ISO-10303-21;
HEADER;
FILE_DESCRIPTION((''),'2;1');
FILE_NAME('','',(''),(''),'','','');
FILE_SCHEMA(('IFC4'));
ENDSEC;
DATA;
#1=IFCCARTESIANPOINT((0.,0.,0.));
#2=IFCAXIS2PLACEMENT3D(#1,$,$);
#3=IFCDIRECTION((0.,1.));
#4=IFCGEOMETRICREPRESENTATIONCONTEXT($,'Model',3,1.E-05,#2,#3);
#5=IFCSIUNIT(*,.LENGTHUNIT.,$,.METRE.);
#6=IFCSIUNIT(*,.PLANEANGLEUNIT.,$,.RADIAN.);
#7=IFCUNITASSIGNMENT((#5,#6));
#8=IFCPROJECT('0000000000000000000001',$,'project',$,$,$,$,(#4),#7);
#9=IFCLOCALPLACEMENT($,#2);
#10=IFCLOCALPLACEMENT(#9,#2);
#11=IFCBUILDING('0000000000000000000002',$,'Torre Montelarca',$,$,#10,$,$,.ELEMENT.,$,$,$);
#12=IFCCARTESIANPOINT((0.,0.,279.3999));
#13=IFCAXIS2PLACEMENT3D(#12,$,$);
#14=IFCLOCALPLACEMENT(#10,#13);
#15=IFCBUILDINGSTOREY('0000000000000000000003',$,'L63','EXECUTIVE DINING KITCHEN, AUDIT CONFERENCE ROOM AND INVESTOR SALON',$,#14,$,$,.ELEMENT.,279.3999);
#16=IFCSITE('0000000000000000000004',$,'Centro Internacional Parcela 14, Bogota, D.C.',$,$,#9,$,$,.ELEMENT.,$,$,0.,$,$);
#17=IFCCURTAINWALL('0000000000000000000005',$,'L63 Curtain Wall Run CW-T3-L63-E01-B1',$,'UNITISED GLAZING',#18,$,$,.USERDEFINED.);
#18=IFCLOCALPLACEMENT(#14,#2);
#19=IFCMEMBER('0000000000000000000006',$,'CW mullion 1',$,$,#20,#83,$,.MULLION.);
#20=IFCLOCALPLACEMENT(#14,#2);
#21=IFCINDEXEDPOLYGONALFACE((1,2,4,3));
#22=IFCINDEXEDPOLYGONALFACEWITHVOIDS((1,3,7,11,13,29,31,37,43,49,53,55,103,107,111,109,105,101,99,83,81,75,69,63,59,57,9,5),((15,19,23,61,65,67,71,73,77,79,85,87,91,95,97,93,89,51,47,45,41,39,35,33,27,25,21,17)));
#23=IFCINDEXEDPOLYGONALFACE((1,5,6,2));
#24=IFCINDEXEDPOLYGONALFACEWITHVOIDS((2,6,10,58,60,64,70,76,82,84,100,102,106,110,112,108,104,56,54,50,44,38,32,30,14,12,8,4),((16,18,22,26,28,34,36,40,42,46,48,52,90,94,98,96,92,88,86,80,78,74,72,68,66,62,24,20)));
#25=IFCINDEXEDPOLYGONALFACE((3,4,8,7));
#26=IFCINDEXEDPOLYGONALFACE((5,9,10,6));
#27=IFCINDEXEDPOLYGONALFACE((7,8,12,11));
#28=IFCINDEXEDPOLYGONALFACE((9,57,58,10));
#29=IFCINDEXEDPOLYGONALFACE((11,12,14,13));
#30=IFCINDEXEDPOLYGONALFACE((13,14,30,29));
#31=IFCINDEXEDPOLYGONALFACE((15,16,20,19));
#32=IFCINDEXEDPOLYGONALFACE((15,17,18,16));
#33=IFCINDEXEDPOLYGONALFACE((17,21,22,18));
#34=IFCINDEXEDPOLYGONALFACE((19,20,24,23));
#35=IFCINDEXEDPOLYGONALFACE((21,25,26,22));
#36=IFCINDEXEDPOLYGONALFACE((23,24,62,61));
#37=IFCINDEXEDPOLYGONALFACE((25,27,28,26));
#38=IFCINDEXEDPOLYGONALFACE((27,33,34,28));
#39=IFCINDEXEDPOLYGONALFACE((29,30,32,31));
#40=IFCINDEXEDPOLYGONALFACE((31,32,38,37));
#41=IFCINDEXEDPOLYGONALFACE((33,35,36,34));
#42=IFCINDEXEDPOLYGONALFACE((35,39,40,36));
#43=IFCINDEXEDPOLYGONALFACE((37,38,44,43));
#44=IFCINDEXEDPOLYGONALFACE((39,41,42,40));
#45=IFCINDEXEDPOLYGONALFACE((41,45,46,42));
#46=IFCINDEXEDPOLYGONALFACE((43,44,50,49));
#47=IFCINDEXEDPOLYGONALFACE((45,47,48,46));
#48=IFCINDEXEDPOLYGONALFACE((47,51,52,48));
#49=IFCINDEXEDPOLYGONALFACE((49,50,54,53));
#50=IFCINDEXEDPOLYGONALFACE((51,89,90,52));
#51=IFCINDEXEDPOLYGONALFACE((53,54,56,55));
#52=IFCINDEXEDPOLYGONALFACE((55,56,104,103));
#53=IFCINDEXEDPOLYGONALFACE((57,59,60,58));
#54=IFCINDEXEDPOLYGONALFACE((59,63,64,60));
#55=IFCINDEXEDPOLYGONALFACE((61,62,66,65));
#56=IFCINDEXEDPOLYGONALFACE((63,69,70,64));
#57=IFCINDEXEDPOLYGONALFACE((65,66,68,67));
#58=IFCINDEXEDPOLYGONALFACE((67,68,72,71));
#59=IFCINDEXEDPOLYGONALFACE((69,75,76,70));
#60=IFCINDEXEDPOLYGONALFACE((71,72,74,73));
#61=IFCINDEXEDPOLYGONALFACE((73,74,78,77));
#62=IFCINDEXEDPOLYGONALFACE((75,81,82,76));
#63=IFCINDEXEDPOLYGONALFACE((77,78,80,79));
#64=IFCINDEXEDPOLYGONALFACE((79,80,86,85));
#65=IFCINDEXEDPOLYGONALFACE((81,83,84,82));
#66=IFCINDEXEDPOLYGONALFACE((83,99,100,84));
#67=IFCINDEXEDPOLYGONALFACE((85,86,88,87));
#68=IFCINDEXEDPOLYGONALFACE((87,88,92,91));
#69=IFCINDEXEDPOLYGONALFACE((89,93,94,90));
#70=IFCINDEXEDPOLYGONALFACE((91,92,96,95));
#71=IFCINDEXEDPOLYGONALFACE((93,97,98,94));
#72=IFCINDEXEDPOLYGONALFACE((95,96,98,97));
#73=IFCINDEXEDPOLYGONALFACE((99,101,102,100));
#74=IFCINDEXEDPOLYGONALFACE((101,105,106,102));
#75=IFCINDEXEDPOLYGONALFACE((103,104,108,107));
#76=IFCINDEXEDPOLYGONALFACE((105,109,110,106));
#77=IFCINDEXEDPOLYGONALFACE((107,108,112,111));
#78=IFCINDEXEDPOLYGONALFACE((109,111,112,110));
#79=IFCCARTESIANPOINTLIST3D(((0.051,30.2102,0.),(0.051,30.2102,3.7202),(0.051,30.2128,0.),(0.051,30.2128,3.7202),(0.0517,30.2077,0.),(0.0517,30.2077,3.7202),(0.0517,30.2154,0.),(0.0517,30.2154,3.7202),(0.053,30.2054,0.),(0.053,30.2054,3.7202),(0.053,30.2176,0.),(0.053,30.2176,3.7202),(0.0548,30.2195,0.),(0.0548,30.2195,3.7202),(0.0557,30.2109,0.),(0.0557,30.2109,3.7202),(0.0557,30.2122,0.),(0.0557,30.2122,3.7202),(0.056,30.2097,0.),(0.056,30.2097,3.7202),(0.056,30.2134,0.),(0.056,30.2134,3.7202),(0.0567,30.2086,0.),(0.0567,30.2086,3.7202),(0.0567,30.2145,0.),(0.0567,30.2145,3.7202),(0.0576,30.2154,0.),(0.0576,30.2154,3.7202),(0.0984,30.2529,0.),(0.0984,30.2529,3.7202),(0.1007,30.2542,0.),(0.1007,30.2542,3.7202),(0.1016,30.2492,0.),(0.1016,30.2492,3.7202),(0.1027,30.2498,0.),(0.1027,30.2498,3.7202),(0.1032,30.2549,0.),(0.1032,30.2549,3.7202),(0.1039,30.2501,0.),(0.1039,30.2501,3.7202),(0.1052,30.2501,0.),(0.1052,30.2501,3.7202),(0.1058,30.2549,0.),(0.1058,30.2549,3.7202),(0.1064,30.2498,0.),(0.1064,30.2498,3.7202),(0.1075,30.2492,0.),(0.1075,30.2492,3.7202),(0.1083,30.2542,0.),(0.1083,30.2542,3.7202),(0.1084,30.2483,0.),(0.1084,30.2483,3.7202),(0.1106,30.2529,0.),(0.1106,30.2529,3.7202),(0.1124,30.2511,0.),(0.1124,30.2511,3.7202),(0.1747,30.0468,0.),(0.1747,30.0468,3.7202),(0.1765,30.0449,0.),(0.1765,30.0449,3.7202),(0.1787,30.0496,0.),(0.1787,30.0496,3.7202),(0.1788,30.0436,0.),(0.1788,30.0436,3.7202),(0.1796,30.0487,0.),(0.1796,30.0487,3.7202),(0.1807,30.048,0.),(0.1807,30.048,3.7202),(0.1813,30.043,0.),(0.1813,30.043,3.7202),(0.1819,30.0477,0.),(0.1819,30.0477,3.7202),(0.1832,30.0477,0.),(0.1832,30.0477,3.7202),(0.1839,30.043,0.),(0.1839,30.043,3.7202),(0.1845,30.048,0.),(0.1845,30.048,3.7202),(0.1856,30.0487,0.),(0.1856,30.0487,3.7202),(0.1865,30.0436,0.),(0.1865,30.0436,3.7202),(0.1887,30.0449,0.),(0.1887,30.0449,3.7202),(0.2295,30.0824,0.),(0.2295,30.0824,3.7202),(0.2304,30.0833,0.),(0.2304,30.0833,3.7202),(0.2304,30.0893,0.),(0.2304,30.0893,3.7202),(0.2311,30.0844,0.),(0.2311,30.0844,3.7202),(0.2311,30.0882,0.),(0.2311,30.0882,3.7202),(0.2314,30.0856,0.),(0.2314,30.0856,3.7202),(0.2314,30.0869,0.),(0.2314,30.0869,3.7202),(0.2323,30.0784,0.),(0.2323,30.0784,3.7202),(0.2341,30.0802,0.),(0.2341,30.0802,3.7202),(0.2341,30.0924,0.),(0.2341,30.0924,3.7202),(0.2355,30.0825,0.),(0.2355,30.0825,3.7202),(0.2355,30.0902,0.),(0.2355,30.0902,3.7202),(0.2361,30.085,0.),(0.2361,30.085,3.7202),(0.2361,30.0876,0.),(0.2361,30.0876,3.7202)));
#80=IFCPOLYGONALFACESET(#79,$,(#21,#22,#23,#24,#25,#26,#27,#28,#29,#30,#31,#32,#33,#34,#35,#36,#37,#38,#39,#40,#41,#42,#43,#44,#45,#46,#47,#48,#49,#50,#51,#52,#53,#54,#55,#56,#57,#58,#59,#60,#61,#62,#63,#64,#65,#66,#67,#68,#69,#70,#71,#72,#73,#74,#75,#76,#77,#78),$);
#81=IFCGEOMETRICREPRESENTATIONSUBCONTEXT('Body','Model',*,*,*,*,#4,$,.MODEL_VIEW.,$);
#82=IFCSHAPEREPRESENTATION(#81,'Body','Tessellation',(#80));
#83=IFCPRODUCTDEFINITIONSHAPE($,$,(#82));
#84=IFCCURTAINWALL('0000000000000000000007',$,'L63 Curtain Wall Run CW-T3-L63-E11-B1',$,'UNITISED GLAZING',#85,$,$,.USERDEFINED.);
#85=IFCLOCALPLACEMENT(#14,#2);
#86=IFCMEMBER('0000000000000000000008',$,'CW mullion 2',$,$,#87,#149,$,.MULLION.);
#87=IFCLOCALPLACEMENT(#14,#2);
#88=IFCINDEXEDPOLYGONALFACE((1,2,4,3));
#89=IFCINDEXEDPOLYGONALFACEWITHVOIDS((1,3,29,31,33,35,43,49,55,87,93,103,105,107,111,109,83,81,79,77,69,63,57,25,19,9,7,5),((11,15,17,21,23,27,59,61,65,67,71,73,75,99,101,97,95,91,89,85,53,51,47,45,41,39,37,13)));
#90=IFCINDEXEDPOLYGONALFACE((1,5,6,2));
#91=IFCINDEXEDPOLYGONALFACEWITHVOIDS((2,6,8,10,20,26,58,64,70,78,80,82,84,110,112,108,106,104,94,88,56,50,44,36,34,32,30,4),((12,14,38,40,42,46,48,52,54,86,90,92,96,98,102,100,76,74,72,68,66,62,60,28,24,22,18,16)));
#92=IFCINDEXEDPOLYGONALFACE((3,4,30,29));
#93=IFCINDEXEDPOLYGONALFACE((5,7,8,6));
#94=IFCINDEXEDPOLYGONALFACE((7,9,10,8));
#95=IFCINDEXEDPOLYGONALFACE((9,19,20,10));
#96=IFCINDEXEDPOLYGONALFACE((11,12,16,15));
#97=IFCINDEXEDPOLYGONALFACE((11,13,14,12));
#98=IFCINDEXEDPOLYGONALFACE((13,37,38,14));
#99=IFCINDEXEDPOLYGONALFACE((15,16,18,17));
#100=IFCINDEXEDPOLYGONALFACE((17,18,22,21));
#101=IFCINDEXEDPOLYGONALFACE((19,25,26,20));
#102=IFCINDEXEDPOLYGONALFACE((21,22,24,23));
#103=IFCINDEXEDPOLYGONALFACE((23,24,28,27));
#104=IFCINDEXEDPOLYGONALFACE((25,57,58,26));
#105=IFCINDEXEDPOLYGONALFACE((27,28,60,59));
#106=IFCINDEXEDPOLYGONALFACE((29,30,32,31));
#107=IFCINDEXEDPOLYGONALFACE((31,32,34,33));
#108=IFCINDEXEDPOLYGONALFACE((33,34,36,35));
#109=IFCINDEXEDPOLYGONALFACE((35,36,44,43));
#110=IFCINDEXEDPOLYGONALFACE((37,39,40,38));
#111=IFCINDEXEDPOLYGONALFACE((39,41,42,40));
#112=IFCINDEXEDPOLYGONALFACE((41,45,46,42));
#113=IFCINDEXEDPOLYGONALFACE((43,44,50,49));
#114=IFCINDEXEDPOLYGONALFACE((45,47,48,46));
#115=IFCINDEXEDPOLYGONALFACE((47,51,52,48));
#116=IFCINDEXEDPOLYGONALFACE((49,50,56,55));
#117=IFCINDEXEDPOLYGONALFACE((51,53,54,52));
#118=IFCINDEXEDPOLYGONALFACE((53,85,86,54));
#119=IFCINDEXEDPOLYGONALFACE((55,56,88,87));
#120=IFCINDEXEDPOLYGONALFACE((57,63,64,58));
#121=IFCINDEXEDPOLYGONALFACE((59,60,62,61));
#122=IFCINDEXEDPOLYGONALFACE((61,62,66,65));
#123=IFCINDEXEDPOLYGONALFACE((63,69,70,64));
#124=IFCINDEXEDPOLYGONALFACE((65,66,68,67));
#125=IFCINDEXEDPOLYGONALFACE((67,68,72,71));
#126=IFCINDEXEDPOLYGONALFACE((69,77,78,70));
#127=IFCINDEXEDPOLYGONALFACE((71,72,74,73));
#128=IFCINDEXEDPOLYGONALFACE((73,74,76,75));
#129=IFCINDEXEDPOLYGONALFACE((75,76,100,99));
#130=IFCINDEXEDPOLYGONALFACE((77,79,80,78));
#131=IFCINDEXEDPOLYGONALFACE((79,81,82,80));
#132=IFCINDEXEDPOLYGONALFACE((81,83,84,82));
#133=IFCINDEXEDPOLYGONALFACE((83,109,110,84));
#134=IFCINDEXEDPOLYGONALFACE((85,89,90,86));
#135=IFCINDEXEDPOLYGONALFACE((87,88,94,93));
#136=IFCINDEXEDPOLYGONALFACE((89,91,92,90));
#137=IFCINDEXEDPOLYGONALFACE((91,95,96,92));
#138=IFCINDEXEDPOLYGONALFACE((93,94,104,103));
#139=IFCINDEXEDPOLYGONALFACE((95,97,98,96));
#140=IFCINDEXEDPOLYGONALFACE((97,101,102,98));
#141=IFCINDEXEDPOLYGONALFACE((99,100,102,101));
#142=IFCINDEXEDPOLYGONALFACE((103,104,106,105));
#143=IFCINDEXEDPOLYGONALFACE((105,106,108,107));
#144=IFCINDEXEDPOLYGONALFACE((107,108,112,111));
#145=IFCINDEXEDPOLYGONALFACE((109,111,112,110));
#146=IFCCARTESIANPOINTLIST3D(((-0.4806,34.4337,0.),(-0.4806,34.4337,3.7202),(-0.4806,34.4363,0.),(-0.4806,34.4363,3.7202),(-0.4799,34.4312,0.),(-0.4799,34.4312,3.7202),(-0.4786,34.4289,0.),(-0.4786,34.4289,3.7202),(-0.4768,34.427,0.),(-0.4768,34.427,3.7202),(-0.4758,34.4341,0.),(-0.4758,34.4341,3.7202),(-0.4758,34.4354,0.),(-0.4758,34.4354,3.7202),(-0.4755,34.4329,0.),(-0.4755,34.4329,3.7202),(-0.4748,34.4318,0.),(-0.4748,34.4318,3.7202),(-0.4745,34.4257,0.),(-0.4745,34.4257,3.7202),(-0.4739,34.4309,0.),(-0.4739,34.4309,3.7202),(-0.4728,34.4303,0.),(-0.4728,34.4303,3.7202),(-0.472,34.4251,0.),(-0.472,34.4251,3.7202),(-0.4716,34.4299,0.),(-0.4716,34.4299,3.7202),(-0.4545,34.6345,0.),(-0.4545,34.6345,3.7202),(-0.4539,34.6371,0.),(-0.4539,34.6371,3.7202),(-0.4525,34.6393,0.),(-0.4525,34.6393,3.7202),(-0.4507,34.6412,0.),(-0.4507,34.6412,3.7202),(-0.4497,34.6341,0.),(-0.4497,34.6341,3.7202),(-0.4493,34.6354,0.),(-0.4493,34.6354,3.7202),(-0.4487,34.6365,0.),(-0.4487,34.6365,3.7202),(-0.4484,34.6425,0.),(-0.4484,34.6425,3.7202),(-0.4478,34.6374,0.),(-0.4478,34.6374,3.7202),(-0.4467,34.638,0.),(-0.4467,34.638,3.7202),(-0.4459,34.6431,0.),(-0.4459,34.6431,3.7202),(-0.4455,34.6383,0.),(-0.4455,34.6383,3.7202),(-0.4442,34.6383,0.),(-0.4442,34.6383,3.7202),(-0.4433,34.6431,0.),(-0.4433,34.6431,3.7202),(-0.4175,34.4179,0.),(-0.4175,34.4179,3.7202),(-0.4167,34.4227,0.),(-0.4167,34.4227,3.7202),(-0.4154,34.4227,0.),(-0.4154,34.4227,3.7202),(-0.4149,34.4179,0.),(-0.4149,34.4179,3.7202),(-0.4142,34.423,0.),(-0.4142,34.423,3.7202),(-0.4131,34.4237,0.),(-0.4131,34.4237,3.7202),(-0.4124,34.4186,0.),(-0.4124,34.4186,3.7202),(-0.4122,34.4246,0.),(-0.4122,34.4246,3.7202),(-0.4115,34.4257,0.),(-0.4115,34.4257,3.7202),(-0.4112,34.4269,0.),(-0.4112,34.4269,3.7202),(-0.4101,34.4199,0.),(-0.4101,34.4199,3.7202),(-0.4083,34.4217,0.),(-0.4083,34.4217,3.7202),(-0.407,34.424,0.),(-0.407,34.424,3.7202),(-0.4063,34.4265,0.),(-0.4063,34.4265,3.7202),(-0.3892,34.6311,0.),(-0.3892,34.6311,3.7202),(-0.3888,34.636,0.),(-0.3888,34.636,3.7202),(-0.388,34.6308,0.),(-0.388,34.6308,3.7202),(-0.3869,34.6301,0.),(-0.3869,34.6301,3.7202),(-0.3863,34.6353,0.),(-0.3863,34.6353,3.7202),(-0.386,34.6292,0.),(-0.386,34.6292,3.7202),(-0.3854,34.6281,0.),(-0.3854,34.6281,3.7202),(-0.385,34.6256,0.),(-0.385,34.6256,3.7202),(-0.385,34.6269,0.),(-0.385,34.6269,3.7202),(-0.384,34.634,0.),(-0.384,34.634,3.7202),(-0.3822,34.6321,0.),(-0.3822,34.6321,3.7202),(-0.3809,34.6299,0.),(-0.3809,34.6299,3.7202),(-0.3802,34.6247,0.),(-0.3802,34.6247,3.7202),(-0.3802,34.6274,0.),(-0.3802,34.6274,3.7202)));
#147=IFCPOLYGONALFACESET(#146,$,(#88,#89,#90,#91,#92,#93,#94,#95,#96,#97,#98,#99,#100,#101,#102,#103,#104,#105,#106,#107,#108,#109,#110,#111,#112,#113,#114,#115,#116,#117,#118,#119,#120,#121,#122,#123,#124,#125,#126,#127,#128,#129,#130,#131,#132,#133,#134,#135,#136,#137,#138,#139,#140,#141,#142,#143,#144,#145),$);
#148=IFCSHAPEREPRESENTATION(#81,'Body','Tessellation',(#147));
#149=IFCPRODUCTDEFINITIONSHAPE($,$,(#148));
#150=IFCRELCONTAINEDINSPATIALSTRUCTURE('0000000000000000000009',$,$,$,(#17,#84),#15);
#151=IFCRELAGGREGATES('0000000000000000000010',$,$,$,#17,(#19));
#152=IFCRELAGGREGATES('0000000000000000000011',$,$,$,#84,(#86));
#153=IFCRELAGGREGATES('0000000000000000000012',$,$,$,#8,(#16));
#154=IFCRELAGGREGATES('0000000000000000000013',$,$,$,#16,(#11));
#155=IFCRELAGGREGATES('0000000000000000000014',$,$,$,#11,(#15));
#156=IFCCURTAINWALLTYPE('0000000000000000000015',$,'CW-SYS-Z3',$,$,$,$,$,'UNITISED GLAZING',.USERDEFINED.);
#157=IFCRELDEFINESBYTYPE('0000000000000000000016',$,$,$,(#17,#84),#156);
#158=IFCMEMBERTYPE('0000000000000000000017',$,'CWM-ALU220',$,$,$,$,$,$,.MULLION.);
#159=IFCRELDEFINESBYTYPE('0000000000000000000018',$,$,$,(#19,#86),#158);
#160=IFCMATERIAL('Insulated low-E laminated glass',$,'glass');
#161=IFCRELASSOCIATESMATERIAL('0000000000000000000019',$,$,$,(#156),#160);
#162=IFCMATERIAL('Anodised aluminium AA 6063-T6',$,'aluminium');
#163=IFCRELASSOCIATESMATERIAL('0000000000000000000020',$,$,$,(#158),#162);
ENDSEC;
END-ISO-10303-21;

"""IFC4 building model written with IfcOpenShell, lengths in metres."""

from ifc_helpers import new_model, si_unit, direction, frame, origin, origin_2d, place, context, subcontext, project, spatial, hollow_rectangle, extrude, source, transform, mapped, material, material_profile, profile_set, type_object, element, aggregate, save


model = new_model("IFC4")

# Units and contexts
model_context = context("Model", 3, precision=1e-05, world=origin(), true_north=direction((0.0, 1.0)))
body_context = subcontext(model_context, "Body", "Model", "MODEL_VIEW")
ifc_project = project(units=[si_unit("LENGTHUNIT", "METRE"), si_unit("PLANEANGLEUNIT", "RADIAN")], contexts=[model_context])

# Site, building, storey
site_placement = place(None, origin())
site = spatial("IfcSite", under=ifc_project, at=site_placement, Name="Centro Internacional Parcela 14, Bogota, D.C.", CompositionType="ELEMENT", RefElevation=0.0)
building_placement = place(site_placement, origin())
building = spatial("IfcBuilding", under=site, at=building_placement, Name="Torre Montelarca", CompositionType="ELEMENT")
storey_placement = place(building_placement, frame((0.0, 0.0, 279.3999)))
storey = spatial("IfcBuildingStorey", under=building, at=storey_placement, Name="L63", Description="EXECUTIVE DINING KITCHEN, AUDIT CONFERENCE ROOM AND INVESTOR SALON", CompositionType="ELEMENT", Elevation=279.3999)

# Curtain wall, member
ifc_material_1 = material(Name="Insulated low-E laminated glass", Category="glass")
curtain_wall_type = type_object("IfcCurtainWallType", Name="CW-SYS-Z3", ElementType="UNITISED GLAZING", PredefinedType="USERDEFINED", material=ifc_material_1)
curtain_wall_1_placement = place(storey_placement, origin())
curtain_wall_1 = element("IfcCurtainWall", 1, at=curtain_wall_1_placement, inside=storey, type_object=curtain_wall_type, Name="L63 Curtain Wall Run CW-T3-L63-E01-B1", ObjectType="UNITISED GLAZING", PredefinedType="USERDEFINED")
ifc_material_2 = material(Name="Anodised aluminium AA 6063-T6", Category="aluminium")
ifc_material_profile_1 = material_profile(ifc_material_2, hollow_rectangle(XDim=0.075, YDim=0.22, WallThickness=0.0049, InnerFilletRadius=0.0049, OuterFilletRadius=0.01, at=origin_2d()), Name="ALU75X220X5", Category="aluminium")
ifc_profile_set_1 = profile_set([ifc_material_profile_1], Name="Anodised aluminium AA 6063-T6")
member_type_1 = type_object("IfcMemberType", Name="CWM-ALU220", PredefinedType="MULLION", material=ifc_profile_set_1)
shared_shape_1 = source(origin(), body_context, "Body", "SweptSolid", [
    extrude(hollow_rectangle(XDim=0.075, YDim=0.22, WallThickness=0.0049, InnerFilletRadius=0.0049, OuterFilletRadius=0.01, at=origin_2d()), origin(), (0.0, 0.0, 1.0), 3.7202),
])
member_1_placement = place(storey_placement, frame((0.1436, 30.1489, 0.0), z_axis=(0.0, 0.0, 1.0), x_axis=(0.793348, 0.608768, 0.0)))
member_1 = element("IfcMember", 2, at=member_1_placement, type_object=member_type_1, Name="CW mullion 1", PredefinedType="MULLION", context=body_context, shape_type="MappedRepresentation", body=[
    mapped(shared_shape_1, transform((0.0, 0.0, 0.0), scale=1.0)),
])
aggregate(curtain_wall_1, [member_1])

# Curtain wall, member
curtain_wall_2_placement = place(storey_placement, origin())
curtain_wall_2 = element("IfcCurtainWall", 3, at=curtain_wall_2_placement, inside=storey, type_object=curtain_wall_type, Name="L63 Curtain Wall Run CW-T3-L63-E11-B1", ObjectType="UNITISED GLAZING", PredefinedType="USERDEFINED")
member_2_placement = place(storey_placement, frame((-0.4304, 34.5305, 0.0), z_axis=(0.0, 0.0, 1.0), x_axis=(0.991446, -0.130514, 0.0)))
member_2 = element("IfcMember", 4, at=member_2_placement, type_object=member_type_1, Name="CW mullion 2", PredefinedType="MULLION", context=body_context, shape_type="MappedRepresentation", body=[
    mapped(shared_shape_1, transform((0.0, 0.0, 0.0), scale=1.0)),
])
aggregate(curtain_wall_2, [member_2])

save(model, "model.ifc")
